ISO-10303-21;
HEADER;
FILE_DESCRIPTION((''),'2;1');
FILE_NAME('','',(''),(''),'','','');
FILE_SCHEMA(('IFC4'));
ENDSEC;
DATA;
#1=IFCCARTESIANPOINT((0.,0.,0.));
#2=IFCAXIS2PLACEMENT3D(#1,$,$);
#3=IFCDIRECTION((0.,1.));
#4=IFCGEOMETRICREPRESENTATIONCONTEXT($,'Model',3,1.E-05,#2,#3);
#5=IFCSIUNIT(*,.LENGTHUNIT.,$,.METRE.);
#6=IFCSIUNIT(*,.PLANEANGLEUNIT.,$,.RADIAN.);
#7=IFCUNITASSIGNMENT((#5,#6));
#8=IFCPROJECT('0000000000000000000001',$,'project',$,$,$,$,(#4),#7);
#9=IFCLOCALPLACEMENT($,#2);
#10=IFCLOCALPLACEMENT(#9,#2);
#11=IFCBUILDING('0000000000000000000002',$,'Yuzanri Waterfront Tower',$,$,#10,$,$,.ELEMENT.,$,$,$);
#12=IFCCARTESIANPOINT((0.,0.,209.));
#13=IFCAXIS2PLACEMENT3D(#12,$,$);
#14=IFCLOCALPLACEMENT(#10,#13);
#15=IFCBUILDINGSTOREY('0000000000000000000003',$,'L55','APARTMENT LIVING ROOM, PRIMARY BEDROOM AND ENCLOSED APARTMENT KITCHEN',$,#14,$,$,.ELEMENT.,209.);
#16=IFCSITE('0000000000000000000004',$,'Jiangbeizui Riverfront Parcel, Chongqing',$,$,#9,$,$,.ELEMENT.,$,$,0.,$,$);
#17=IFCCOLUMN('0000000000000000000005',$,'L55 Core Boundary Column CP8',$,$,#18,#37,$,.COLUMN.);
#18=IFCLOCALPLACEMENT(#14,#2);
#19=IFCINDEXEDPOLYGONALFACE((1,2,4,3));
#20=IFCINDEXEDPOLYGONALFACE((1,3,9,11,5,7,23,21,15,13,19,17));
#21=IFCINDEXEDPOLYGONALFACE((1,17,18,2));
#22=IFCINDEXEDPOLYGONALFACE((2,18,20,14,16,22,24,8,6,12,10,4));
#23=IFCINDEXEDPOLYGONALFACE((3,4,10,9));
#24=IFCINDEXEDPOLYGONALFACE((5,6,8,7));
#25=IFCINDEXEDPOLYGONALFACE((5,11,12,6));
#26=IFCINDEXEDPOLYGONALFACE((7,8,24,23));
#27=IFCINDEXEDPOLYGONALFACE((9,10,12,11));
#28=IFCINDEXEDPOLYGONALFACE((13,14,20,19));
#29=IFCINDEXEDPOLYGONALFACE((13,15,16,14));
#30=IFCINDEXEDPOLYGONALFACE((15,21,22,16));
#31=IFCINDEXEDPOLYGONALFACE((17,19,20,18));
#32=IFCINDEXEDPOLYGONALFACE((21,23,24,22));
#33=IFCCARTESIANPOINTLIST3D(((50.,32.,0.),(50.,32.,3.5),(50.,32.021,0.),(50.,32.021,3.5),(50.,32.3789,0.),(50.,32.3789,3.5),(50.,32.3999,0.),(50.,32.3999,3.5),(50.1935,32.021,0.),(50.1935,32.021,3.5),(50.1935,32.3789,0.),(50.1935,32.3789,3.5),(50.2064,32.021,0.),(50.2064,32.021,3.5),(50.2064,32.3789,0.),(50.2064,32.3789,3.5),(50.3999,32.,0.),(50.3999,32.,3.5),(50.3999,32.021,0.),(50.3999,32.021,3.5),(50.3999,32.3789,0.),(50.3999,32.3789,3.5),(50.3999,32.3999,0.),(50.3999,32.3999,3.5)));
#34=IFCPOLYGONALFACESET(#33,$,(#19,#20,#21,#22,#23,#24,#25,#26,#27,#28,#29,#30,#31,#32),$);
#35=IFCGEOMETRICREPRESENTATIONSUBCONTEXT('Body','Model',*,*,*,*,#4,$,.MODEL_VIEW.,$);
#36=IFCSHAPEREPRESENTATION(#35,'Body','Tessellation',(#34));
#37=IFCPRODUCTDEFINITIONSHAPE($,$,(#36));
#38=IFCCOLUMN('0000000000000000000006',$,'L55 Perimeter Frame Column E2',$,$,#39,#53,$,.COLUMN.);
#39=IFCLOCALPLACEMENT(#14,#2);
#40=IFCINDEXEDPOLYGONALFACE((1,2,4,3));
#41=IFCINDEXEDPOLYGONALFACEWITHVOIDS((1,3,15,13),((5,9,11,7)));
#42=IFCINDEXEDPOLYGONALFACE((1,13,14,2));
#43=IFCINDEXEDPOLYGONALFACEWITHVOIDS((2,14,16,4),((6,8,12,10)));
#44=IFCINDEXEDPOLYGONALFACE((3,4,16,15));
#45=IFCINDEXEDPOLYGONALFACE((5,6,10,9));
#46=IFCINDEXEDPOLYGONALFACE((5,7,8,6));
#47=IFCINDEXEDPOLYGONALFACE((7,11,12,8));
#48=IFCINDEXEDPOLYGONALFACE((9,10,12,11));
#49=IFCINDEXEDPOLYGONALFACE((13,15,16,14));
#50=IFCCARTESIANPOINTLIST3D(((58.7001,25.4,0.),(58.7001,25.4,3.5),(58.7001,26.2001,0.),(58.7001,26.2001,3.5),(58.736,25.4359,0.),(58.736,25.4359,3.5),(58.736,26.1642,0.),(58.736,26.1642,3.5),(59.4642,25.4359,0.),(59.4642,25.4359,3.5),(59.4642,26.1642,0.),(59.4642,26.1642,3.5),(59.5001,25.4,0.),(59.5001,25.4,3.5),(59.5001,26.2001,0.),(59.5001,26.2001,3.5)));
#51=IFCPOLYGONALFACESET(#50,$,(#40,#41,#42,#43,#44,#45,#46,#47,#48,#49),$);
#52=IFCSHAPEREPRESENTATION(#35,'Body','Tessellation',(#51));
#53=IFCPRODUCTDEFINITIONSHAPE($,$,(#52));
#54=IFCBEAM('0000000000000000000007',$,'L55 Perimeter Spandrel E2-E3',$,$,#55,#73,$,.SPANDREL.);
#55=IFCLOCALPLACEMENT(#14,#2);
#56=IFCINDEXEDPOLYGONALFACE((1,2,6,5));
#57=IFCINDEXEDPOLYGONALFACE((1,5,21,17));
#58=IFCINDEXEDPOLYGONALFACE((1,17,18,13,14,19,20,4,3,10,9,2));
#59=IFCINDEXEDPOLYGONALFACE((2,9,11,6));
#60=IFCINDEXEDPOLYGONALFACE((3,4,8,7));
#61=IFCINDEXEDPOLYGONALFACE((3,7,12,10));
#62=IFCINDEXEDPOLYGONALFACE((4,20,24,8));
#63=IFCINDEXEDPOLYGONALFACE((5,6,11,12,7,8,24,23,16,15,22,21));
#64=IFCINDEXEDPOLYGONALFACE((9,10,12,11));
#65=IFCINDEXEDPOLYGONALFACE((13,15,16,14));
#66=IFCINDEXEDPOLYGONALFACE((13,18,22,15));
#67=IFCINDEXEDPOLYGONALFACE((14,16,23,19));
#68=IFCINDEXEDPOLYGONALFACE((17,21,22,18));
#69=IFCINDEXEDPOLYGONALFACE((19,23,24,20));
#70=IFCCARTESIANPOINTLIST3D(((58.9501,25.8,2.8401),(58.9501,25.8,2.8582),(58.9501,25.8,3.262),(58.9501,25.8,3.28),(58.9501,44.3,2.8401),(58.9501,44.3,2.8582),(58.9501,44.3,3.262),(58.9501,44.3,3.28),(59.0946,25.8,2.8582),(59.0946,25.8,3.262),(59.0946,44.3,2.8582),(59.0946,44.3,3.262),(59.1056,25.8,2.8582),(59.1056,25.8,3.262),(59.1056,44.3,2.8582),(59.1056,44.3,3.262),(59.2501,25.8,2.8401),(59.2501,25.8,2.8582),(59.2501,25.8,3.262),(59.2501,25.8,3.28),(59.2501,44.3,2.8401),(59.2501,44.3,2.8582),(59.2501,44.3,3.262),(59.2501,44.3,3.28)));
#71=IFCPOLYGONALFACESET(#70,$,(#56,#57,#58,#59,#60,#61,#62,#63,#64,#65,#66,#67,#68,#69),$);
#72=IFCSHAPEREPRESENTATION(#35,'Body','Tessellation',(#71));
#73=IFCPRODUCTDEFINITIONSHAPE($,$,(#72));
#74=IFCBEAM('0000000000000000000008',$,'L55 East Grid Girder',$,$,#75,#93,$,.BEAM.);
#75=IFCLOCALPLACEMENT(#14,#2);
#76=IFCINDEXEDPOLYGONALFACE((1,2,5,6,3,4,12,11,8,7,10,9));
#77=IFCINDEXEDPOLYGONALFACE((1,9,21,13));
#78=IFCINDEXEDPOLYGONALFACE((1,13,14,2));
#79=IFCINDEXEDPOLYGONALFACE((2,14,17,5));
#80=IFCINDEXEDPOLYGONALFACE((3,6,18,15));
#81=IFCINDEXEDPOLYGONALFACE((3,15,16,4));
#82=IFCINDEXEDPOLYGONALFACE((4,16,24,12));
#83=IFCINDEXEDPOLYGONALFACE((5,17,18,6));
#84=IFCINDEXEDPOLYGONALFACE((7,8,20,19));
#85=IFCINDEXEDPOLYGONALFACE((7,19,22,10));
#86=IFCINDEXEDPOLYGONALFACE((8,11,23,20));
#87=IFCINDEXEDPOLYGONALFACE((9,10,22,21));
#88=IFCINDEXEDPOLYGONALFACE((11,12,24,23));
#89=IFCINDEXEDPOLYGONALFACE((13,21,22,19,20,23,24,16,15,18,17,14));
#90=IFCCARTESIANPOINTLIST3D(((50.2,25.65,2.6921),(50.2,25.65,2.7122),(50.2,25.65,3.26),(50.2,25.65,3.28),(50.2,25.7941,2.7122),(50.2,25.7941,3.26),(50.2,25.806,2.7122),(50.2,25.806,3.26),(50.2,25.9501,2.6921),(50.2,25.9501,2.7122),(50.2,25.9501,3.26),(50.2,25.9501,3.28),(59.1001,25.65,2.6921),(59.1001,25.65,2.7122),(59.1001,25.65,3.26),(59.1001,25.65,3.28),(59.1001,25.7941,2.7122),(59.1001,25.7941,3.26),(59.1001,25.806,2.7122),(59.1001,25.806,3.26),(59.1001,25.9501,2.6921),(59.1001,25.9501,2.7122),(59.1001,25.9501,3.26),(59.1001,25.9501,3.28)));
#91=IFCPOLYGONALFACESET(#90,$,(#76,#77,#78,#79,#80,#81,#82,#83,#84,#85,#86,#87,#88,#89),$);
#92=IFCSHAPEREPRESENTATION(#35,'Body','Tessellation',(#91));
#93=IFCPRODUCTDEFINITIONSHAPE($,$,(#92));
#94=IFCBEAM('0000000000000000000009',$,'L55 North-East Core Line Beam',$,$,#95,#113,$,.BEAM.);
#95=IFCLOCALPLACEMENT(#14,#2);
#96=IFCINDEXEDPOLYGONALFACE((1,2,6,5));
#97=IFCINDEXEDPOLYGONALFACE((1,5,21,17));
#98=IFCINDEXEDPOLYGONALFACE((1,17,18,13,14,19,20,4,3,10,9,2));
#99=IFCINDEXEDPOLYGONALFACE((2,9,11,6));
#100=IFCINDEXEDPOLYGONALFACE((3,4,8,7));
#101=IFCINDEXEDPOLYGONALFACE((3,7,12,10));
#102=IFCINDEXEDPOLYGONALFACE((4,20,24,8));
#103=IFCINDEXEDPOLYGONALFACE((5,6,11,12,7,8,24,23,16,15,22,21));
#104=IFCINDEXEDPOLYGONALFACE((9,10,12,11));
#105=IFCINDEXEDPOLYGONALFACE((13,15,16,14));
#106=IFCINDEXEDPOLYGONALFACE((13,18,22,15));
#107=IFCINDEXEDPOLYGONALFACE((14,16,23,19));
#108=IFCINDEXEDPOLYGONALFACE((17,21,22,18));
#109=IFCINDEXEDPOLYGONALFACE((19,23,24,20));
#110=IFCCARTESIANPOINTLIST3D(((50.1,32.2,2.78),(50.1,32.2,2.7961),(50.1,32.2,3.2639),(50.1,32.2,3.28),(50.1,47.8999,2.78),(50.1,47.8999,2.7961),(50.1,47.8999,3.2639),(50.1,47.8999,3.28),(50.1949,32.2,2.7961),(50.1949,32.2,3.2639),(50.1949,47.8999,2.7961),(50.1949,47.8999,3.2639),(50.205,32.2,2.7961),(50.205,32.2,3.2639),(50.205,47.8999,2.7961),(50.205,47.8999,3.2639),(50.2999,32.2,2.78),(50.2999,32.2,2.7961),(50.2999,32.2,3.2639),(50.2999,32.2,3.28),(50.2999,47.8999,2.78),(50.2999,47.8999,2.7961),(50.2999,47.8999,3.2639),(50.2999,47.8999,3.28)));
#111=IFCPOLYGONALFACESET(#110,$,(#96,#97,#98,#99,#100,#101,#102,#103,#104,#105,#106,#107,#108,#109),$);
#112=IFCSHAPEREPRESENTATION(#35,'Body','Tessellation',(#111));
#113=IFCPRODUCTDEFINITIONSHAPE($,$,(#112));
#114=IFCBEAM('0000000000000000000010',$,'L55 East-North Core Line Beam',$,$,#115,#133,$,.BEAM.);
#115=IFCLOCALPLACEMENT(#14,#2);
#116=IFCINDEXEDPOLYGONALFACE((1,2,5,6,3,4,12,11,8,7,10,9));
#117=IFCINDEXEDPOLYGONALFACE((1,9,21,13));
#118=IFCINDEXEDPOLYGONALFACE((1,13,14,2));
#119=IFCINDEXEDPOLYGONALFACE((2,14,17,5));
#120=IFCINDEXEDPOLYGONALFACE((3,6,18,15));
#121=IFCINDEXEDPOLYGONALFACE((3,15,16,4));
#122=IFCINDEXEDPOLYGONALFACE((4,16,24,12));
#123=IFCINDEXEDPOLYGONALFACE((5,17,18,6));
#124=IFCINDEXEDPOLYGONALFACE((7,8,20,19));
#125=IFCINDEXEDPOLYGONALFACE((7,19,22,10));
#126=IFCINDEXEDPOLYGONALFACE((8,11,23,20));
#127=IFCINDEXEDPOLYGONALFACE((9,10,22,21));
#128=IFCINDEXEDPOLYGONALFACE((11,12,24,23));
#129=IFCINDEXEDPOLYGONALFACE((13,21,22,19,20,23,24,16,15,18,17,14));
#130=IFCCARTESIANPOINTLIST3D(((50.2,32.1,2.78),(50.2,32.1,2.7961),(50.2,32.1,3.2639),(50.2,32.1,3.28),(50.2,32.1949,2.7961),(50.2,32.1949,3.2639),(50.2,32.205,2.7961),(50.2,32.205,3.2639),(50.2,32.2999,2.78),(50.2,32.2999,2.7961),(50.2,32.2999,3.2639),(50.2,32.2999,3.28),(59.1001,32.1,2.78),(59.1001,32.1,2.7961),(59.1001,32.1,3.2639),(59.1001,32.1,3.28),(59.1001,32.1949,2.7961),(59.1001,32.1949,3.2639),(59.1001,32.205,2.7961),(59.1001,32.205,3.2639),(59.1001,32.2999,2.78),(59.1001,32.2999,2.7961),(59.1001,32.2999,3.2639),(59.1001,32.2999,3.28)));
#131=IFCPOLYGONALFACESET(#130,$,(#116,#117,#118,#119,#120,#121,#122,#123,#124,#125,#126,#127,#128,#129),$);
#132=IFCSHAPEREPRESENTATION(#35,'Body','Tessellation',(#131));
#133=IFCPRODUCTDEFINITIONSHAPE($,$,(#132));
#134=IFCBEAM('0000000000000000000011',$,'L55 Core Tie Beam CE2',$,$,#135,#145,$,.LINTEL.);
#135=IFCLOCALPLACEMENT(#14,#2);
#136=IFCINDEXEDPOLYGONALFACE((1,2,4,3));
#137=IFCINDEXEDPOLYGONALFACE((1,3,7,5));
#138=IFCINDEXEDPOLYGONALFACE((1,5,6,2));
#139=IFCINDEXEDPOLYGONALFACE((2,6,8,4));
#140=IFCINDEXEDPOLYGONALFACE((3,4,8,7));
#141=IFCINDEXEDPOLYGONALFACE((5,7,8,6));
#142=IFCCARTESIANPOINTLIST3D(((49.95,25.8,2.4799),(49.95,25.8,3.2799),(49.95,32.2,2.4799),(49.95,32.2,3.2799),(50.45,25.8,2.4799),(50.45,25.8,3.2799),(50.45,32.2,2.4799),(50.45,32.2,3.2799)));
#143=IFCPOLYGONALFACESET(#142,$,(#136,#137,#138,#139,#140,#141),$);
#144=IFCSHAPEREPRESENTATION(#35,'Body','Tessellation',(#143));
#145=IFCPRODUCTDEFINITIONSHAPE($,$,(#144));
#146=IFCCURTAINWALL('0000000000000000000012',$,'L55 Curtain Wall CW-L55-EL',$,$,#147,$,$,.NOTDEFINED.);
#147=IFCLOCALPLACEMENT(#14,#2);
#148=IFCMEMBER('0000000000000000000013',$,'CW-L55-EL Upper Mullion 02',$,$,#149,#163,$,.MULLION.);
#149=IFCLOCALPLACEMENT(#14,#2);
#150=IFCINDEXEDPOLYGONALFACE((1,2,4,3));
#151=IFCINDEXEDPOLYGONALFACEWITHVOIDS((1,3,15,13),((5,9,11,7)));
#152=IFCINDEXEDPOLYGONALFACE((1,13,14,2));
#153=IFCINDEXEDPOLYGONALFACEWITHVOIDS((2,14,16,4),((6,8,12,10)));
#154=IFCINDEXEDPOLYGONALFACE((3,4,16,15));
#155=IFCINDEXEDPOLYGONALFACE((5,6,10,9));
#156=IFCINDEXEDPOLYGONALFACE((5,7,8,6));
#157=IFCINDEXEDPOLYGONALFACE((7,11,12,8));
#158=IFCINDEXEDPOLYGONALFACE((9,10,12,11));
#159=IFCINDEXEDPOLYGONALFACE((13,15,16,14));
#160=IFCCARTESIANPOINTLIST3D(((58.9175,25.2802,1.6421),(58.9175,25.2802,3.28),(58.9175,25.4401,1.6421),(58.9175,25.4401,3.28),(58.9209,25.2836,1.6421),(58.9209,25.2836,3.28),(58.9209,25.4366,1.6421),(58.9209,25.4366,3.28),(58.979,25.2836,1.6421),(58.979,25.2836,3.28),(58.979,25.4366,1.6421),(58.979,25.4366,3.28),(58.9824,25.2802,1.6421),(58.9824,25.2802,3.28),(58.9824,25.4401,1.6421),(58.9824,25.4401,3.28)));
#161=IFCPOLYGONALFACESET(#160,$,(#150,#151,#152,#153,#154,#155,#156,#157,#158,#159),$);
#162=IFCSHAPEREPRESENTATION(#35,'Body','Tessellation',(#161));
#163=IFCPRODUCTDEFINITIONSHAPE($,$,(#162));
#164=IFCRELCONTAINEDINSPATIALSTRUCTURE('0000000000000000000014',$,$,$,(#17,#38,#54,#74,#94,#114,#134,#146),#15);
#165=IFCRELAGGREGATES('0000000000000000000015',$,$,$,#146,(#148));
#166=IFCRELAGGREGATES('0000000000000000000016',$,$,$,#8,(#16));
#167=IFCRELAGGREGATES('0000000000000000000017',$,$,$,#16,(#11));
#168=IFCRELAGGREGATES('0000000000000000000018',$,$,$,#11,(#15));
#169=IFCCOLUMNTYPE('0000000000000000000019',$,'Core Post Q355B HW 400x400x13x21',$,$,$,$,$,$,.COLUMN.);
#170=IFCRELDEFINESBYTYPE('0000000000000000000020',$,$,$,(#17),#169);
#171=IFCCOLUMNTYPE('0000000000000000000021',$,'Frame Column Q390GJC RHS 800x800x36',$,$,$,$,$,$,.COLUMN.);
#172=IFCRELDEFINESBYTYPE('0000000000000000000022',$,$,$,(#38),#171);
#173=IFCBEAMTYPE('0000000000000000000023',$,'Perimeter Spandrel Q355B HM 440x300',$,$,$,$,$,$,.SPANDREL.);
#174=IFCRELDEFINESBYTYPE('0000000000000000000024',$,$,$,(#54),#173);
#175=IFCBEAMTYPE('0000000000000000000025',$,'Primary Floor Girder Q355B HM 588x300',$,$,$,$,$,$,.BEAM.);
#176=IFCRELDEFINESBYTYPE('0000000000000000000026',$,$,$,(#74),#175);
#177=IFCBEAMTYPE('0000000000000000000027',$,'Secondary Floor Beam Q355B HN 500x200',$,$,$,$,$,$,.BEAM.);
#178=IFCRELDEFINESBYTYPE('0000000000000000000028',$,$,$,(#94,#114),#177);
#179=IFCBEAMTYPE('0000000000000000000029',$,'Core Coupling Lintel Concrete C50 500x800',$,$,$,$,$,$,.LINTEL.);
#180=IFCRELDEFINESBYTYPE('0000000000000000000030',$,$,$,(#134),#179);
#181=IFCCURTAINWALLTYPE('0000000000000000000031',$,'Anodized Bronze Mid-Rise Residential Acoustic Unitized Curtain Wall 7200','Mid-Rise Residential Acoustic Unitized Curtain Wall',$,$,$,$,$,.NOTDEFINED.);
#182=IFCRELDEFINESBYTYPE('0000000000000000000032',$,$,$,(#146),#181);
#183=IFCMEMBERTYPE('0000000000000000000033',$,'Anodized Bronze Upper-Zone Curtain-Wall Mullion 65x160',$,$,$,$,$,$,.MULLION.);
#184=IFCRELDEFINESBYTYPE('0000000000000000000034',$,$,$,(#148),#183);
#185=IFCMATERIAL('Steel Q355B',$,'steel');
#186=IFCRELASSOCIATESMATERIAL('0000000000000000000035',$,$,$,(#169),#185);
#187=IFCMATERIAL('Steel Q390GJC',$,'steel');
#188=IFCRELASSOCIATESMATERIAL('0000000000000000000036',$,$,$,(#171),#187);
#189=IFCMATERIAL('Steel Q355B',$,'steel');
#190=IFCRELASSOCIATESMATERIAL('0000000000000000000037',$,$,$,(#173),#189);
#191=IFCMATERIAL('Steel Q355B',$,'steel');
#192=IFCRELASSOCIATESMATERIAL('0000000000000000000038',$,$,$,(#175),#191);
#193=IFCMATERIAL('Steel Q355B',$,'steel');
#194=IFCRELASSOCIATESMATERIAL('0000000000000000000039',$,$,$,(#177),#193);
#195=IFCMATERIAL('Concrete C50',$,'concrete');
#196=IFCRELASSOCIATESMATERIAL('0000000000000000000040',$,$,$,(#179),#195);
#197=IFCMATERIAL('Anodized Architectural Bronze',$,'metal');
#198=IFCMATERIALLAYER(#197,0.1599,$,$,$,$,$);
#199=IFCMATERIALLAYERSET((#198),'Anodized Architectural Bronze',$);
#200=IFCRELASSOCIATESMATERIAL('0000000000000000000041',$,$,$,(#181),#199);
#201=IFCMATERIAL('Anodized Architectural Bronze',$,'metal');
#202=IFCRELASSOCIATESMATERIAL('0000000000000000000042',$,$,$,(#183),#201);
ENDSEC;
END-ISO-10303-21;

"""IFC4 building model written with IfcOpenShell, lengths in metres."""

from ifc_helpers import new_model, si_unit, direction, frame, origin, origin_2d, place, context, subcontext, project, spatial, rectangle, hollow_rectangle, i_section, extrude, source, transform, mapped, material, layer, layer_set, material_profile, profile_set, type_object, element, aggregate, save


model = new_model("IFC4")

# Units and contexts
model_context = context("Model", 3, precision=1e-05, world=origin(), true_north=direction((0.0, 1.0)))
body_context = subcontext(model_context, "Body", "Model", "MODEL_VIEW")
ifc_project = project(units=[si_unit("LENGTHUNIT", "METRE"), si_unit("PLANEANGLEUNIT", "RADIAN")], contexts=[model_context])

# Site, building, storey
site_placement = place(None, origin())
site = spatial("IfcSite", under=ifc_project, at=site_placement, Name="Jiangbeizui Riverfront Parcel, Chongqing", CompositionType="ELEMENT", RefElevation=0.0)
building_placement = place(site_placement, origin())
building = spatial("IfcBuilding", under=site, at=building_placement, Name="Yuzanri Waterfront Tower", CompositionType="ELEMENT")
storey_placement = place(building_placement, frame((0.0, 0.0, 209.0)))
storey = spatial("IfcBuildingStorey", under=building, at=storey_placement, Name="L55", Description="APARTMENT LIVING ROOM, PRIMARY BEDROOM AND ENCLOSED APARTMENT KITCHEN", CompositionType="ELEMENT", Elevation=209.0)

# Columns
ifc_material_1 = material(Name="Steel Q355B", Category="steel")
ifc_material_profile_1 = material_profile(ifc_material_1, i_section(OverallWidth=0.3999, OverallDepth=0.3999, WebThickness=0.0129, FlangeThickness=0.021, at=origin_2d()), Name="HW 400x400x13x21")
ifc_profile_set_1 = profile_set([ifc_material_profile_1], Name="Steel Q355B")
column_type_1 = type_object("IfcColumnType", Name="Core Post Q355B HW 400x400x13x21", PredefinedType="COLUMN", material=ifc_profile_set_1)
shared_shape_1 = source(origin(), body_context, "Body", "SweptSolid", [
    extrude(i_section(OverallWidth=0.3999, OverallDepth=0.3999, WebThickness=0.0129, FlangeThickness=0.021, at=origin_2d()), origin(), (0.0, 0.0, 1.0), 3.5),
])
column_1_placement = place(storey_placement, frame((50.2, 32.2, 0.0), z_axis=(0.0, 0.0, 1.0), x_axis=(1.0, 0.0, 0.0)))
element("IfcColumn", 1, at=column_1_placement, inside=storey, type_object=column_type_1, Name="L55 Core Boundary Column CP8", PredefinedType="COLUMN", context=body_context, shape_type="MappedRepresentation", body=[
    mapped(shared_shape_1, transform((0.0, 0.0, 0.0), scale=1.0)),
])
ifc_material_2 = material(Name="Steel Q390GJC", Category="steel")
ifc_material_profile_2 = material_profile(ifc_material_2, hollow_rectangle(XDim=0.8, YDim=0.8, WallThickness=0.0359, at=origin_2d()), Name="RHS 800x800x36")
ifc_profile_set_2 = profile_set([ifc_material_profile_2], Name="Steel Q390GJC")
column_type_2 = type_object("IfcColumnType", Name="Frame Column Q390GJC RHS 800x800x36", PredefinedType="COLUMN", material=ifc_profile_set_2)
shared_shape_2 = source(origin(), body_context, "Body", "SweptSolid", [
    extrude(hollow_rectangle(XDim=0.8, YDim=0.8, WallThickness=0.0359, at=origin_2d()), origin(), (0.0, 0.0, 1.0), 3.5),
])
column_2_placement = place(storey_placement, frame((59.1001, 25.8, 0.0), z_axis=(0.0, 0.0, 1.0), x_axis=(1.0, 0.0, 0.0)))
element("IfcColumn", 2, at=column_2_placement, inside=storey, type_object=column_type_2, Name="L55 Perimeter Frame Column E2", PredefinedType="COLUMN", context=body_context, shape_type="MappedRepresentation", body=[
    mapped(shared_shape_2, transform((0.0, 0.0, 0.0), scale=1.0)),
])

# Beams
ifc_material_3 = material(Name="Steel Q355B", Category="steel")
ifc_material_profile_3 = material_profile(ifc_material_3, i_section(OverallWidth=0.3, OverallDepth=0.4399, WebThickness=0.011, FlangeThickness=0.0181, at=origin_2d()), Name="HM 440x300x11x18")
ifc_profile_set_3 = profile_set([ifc_material_profile_3], Name="Steel Q355B")
beam_type_1 = type_object("IfcBeamType", Name="Perimeter Spandrel Q355B HM 440x300", PredefinedType="SPANDREL", material=ifc_profile_set_3)
shared_shape_3 = source(origin(), body_context, "Body", "SweptSolid", [
    extrude(i_section(OverallWidth=0.3, OverallDepth=0.4399, WebThickness=0.011, FlangeThickness=0.0181, at=origin_2d()), origin(), (0.0, 0.0, 1.0), 18.5),
])
beam_1_placement = place(storey_placement, frame((59.1001, 25.8, 3.0601), z_axis=(0.0, 1.0, 0.0), x_axis=(-1.0, 0.0, 0.0)))
element("IfcBeam", 3, at=beam_1_placement, inside=storey, type_object=beam_type_1, Name="L55 Perimeter Spandrel E2-E3", PredefinedType="SPANDREL", context=body_context, shape_type="MappedRepresentation", body=[
    mapped(shared_shape_3, transform((0.0, 0.0, 0.0), scale=1.0)),
])
ifc_material_4 = material(Name="Steel Q355B", Category="steel")
ifc_material_profile_4 = material_profile(ifc_material_4, i_section(OverallWidth=0.3, OverallDepth=0.5879, WebThickness=0.012, FlangeThickness=0.02, at=origin_2d()), Name="HM 588x300x12x20")
ifc_profile_set_4 = profile_set([ifc_material_profile_4], Name="Steel Q355B")
beam_type_2 = type_object("IfcBeamType", Name="Primary Floor Girder Q355B HM 588x300", PredefinedType="BEAM", material=ifc_profile_set_4)
shared_shape_4 = source(origin(), body_context, "Body", "SweptSolid", [
    extrude(i_section(OverallWidth=0.3, OverallDepth=0.5879, WebThickness=0.012, FlangeThickness=0.02, at=origin_2d()), origin(), (0.0, 0.0, 1.0), 8.9001),
])
beam_2_placement = place(storey_placement, frame((50.2, 25.8, 2.9861), z_axis=(1.0, 0.0, 0.0), x_axis=(0.0, 1.0, 0.0)))
element("IfcBeam", 4, at=beam_2_placement, inside=storey, type_object=beam_type_2, Name="L55 East Grid Girder", PredefinedType="BEAM", context=body_context, shape_type="MappedRepresentation", body=[
    mapped(shared_shape_4, transform((0.0, 0.0, 0.0), scale=1.0)),
])
ifc_material_5 = material(Name="Steel Q355B", Category="steel")
ifc_material_profile_5 = material_profile(ifc_material_5, i_section(OverallWidth=0.2, OverallDepth=0.5, WebThickness=0.01, FlangeThickness=0.0161, at=origin_2d()), Name="HN 500x200x10x16")
ifc_profile_set_5 = profile_set([ifc_material_profile_5], Name="Steel Q355B")
beam_type_3 = type_object("IfcBeamType", Name="Secondary Floor Beam Q355B HN 500x200", PredefinedType="BEAM", material=ifc_profile_set_5)
shared_shape_5 = source(origin(), body_context, "Body", "SweptSolid", [
    extrude(i_section(OverallWidth=0.2, OverallDepth=0.5, WebThickness=0.01, FlangeThickness=0.0161, at=origin_2d()), origin(), (0.0, 0.0, 1.0), 15.7),
])
beam_3_placement = place(storey_placement, frame((50.2, 32.2, 3.03), z_axis=(0.0, 1.0, 0.0), x_axis=(-1.0, 0.0, 0.0)))
element("IfcBeam", 5, at=beam_3_placement, inside=storey, type_object=beam_type_3, Name="L55 North-East Core Line Beam", PredefinedType="BEAM", context=body_context, shape_type="MappedRepresentation", body=[
    mapped(shared_shape_5, transform((0.0, 0.0, 0.0), scale=1.0)),
])
shared_shape_6 = source(origin(), body_context, "Body", "SweptSolid", [
    extrude(i_section(OverallWidth=0.2, OverallDepth=0.5, WebThickness=0.01, FlangeThickness=0.0161, at=origin_2d()), origin(), (0.0, 0.0, 1.0), 8.9001),
])
beam_4_placement = place(storey_placement, frame((50.2, 32.2, 3.03), z_axis=(1.0, 0.0, 0.0), x_axis=(0.0, 1.0, 0.0)))
element("IfcBeam", 6, at=beam_4_placement, inside=storey, type_object=beam_type_3, Name="L55 East-North Core Line Beam", PredefinedType="BEAM", context=body_context, shape_type="MappedRepresentation", body=[
    mapped(shared_shape_6, transform((0.0, 0.0, 0.0), scale=1.0)),
])
ifc_material_6 = material(Name="Concrete C50", Category="concrete")
ifc_material_profile_6 = material_profile(ifc_material_6, rectangle(XDim=0.5, YDim=0.8, at=origin_2d()), Name="RC 500x800")
ifc_profile_set_6 = profile_set([ifc_material_profile_6], Name="Concrete C50")
beam_type_4 = type_object("IfcBeamType", Name="Core Coupling Lintel Concrete C50 500x800", PredefinedType="LINTEL", material=ifc_profile_set_6)
shared_shape_7 = source(origin(), body_context, "Body", "SweptSolid", [
    extrude(rectangle(XDim=0.5, YDim=0.8, at=origin_2d()), origin(), (0.0, 0.0, 1.0), 6.3999),
])
beam_5_placement = place(storey_placement, frame((50.2, 25.8, 2.8799), z_axis=(0.0, 1.0, 0.0), x_axis=(-1.0, 0.0, 0.0)))
element("IfcBeam", 7, at=beam_5_placement, inside=storey, type_object=beam_type_4, Name="L55 Core Tie Beam CE2", PredefinedType="LINTEL", context=body_context, shape_type="MappedRepresentation", body=[
    mapped(shared_shape_7, transform((0.0, 0.0, 0.0), scale=1.0)),
])

# Curtain wall, member
ifc_material_7 = material(Name="Anodized Architectural Bronze", Category="metal")
ifc_layer_1 = layer(ifc_material_7, 0.1599)
ifc_layer_set_1 = layer_set([ifc_layer_1], Name="Anodized Architectural Bronze")
curtain_wall_type = type_object("IfcCurtainWallType", Name="Anodized Bronze Mid-Rise Residential Acoustic Unitized Curtain Wall 7200", Description="Mid-Rise Residential Acoustic Unitized Curtain Wall", PredefinedType="NOTDEFINED", material=ifc_layer_set_1)
curtain_wall_1_placement = place(storey_placement, origin())
curtain_wall_1 = element("IfcCurtainWall", 8, at=curtain_wall_1_placement, inside=storey, type_object=curtain_wall_type, Name="L55 Curtain Wall CW-L55-EL", PredefinedType="NOTDEFINED")
ifc_material_8 = material(Name="Anodized Architectural Bronze", Category="metal")
ifc_material_profile_7 = material_profile(ifc_material_8, hollow_rectangle(XDim=0.0649, YDim=0.1599, WallThickness=0.0034, at=origin_2d()), Name="CWM 65x160")
ifc_profile_set_7 = profile_set([ifc_material_profile_7], Name="Anodized Architectural Bronze")
member_type_1 = type_object("IfcMemberType", Name="Anodized Bronze Upper-Zone Curtain-Wall Mullion 65x160", PredefinedType="MULLION", material=ifc_profile_set_7)
shared_shape_8 = source(origin(), body_context, "Body", "SweptSolid", [
    extrude(hollow_rectangle(XDim=0.0649, YDim=0.1599, WallThickness=0.0034, at=origin_2d()), origin(), (0.0, 0.0, 1.0), 1.6379),
])
member_1_placement = place(storey_placement, frame((58.95, 25.3601, 1.6421), z_axis=(0.0, 0.0, 1.0), x_axis=(1.0, 0.0, 0.0)))
member_1 = element("IfcMember", 9, at=member_1_placement, type_object=member_type_1, Name="CW-L55-EL Upper Mullion 02", PredefinedType="MULLION", context=body_context, shape_type="MappedRepresentation", body=[
    mapped(shared_shape_8, transform((0.0, 0.0, 0.0), scale=1.0)),
])
aggregate(curtain_wall_1, [member_1])

save(model, "model.ifc")
